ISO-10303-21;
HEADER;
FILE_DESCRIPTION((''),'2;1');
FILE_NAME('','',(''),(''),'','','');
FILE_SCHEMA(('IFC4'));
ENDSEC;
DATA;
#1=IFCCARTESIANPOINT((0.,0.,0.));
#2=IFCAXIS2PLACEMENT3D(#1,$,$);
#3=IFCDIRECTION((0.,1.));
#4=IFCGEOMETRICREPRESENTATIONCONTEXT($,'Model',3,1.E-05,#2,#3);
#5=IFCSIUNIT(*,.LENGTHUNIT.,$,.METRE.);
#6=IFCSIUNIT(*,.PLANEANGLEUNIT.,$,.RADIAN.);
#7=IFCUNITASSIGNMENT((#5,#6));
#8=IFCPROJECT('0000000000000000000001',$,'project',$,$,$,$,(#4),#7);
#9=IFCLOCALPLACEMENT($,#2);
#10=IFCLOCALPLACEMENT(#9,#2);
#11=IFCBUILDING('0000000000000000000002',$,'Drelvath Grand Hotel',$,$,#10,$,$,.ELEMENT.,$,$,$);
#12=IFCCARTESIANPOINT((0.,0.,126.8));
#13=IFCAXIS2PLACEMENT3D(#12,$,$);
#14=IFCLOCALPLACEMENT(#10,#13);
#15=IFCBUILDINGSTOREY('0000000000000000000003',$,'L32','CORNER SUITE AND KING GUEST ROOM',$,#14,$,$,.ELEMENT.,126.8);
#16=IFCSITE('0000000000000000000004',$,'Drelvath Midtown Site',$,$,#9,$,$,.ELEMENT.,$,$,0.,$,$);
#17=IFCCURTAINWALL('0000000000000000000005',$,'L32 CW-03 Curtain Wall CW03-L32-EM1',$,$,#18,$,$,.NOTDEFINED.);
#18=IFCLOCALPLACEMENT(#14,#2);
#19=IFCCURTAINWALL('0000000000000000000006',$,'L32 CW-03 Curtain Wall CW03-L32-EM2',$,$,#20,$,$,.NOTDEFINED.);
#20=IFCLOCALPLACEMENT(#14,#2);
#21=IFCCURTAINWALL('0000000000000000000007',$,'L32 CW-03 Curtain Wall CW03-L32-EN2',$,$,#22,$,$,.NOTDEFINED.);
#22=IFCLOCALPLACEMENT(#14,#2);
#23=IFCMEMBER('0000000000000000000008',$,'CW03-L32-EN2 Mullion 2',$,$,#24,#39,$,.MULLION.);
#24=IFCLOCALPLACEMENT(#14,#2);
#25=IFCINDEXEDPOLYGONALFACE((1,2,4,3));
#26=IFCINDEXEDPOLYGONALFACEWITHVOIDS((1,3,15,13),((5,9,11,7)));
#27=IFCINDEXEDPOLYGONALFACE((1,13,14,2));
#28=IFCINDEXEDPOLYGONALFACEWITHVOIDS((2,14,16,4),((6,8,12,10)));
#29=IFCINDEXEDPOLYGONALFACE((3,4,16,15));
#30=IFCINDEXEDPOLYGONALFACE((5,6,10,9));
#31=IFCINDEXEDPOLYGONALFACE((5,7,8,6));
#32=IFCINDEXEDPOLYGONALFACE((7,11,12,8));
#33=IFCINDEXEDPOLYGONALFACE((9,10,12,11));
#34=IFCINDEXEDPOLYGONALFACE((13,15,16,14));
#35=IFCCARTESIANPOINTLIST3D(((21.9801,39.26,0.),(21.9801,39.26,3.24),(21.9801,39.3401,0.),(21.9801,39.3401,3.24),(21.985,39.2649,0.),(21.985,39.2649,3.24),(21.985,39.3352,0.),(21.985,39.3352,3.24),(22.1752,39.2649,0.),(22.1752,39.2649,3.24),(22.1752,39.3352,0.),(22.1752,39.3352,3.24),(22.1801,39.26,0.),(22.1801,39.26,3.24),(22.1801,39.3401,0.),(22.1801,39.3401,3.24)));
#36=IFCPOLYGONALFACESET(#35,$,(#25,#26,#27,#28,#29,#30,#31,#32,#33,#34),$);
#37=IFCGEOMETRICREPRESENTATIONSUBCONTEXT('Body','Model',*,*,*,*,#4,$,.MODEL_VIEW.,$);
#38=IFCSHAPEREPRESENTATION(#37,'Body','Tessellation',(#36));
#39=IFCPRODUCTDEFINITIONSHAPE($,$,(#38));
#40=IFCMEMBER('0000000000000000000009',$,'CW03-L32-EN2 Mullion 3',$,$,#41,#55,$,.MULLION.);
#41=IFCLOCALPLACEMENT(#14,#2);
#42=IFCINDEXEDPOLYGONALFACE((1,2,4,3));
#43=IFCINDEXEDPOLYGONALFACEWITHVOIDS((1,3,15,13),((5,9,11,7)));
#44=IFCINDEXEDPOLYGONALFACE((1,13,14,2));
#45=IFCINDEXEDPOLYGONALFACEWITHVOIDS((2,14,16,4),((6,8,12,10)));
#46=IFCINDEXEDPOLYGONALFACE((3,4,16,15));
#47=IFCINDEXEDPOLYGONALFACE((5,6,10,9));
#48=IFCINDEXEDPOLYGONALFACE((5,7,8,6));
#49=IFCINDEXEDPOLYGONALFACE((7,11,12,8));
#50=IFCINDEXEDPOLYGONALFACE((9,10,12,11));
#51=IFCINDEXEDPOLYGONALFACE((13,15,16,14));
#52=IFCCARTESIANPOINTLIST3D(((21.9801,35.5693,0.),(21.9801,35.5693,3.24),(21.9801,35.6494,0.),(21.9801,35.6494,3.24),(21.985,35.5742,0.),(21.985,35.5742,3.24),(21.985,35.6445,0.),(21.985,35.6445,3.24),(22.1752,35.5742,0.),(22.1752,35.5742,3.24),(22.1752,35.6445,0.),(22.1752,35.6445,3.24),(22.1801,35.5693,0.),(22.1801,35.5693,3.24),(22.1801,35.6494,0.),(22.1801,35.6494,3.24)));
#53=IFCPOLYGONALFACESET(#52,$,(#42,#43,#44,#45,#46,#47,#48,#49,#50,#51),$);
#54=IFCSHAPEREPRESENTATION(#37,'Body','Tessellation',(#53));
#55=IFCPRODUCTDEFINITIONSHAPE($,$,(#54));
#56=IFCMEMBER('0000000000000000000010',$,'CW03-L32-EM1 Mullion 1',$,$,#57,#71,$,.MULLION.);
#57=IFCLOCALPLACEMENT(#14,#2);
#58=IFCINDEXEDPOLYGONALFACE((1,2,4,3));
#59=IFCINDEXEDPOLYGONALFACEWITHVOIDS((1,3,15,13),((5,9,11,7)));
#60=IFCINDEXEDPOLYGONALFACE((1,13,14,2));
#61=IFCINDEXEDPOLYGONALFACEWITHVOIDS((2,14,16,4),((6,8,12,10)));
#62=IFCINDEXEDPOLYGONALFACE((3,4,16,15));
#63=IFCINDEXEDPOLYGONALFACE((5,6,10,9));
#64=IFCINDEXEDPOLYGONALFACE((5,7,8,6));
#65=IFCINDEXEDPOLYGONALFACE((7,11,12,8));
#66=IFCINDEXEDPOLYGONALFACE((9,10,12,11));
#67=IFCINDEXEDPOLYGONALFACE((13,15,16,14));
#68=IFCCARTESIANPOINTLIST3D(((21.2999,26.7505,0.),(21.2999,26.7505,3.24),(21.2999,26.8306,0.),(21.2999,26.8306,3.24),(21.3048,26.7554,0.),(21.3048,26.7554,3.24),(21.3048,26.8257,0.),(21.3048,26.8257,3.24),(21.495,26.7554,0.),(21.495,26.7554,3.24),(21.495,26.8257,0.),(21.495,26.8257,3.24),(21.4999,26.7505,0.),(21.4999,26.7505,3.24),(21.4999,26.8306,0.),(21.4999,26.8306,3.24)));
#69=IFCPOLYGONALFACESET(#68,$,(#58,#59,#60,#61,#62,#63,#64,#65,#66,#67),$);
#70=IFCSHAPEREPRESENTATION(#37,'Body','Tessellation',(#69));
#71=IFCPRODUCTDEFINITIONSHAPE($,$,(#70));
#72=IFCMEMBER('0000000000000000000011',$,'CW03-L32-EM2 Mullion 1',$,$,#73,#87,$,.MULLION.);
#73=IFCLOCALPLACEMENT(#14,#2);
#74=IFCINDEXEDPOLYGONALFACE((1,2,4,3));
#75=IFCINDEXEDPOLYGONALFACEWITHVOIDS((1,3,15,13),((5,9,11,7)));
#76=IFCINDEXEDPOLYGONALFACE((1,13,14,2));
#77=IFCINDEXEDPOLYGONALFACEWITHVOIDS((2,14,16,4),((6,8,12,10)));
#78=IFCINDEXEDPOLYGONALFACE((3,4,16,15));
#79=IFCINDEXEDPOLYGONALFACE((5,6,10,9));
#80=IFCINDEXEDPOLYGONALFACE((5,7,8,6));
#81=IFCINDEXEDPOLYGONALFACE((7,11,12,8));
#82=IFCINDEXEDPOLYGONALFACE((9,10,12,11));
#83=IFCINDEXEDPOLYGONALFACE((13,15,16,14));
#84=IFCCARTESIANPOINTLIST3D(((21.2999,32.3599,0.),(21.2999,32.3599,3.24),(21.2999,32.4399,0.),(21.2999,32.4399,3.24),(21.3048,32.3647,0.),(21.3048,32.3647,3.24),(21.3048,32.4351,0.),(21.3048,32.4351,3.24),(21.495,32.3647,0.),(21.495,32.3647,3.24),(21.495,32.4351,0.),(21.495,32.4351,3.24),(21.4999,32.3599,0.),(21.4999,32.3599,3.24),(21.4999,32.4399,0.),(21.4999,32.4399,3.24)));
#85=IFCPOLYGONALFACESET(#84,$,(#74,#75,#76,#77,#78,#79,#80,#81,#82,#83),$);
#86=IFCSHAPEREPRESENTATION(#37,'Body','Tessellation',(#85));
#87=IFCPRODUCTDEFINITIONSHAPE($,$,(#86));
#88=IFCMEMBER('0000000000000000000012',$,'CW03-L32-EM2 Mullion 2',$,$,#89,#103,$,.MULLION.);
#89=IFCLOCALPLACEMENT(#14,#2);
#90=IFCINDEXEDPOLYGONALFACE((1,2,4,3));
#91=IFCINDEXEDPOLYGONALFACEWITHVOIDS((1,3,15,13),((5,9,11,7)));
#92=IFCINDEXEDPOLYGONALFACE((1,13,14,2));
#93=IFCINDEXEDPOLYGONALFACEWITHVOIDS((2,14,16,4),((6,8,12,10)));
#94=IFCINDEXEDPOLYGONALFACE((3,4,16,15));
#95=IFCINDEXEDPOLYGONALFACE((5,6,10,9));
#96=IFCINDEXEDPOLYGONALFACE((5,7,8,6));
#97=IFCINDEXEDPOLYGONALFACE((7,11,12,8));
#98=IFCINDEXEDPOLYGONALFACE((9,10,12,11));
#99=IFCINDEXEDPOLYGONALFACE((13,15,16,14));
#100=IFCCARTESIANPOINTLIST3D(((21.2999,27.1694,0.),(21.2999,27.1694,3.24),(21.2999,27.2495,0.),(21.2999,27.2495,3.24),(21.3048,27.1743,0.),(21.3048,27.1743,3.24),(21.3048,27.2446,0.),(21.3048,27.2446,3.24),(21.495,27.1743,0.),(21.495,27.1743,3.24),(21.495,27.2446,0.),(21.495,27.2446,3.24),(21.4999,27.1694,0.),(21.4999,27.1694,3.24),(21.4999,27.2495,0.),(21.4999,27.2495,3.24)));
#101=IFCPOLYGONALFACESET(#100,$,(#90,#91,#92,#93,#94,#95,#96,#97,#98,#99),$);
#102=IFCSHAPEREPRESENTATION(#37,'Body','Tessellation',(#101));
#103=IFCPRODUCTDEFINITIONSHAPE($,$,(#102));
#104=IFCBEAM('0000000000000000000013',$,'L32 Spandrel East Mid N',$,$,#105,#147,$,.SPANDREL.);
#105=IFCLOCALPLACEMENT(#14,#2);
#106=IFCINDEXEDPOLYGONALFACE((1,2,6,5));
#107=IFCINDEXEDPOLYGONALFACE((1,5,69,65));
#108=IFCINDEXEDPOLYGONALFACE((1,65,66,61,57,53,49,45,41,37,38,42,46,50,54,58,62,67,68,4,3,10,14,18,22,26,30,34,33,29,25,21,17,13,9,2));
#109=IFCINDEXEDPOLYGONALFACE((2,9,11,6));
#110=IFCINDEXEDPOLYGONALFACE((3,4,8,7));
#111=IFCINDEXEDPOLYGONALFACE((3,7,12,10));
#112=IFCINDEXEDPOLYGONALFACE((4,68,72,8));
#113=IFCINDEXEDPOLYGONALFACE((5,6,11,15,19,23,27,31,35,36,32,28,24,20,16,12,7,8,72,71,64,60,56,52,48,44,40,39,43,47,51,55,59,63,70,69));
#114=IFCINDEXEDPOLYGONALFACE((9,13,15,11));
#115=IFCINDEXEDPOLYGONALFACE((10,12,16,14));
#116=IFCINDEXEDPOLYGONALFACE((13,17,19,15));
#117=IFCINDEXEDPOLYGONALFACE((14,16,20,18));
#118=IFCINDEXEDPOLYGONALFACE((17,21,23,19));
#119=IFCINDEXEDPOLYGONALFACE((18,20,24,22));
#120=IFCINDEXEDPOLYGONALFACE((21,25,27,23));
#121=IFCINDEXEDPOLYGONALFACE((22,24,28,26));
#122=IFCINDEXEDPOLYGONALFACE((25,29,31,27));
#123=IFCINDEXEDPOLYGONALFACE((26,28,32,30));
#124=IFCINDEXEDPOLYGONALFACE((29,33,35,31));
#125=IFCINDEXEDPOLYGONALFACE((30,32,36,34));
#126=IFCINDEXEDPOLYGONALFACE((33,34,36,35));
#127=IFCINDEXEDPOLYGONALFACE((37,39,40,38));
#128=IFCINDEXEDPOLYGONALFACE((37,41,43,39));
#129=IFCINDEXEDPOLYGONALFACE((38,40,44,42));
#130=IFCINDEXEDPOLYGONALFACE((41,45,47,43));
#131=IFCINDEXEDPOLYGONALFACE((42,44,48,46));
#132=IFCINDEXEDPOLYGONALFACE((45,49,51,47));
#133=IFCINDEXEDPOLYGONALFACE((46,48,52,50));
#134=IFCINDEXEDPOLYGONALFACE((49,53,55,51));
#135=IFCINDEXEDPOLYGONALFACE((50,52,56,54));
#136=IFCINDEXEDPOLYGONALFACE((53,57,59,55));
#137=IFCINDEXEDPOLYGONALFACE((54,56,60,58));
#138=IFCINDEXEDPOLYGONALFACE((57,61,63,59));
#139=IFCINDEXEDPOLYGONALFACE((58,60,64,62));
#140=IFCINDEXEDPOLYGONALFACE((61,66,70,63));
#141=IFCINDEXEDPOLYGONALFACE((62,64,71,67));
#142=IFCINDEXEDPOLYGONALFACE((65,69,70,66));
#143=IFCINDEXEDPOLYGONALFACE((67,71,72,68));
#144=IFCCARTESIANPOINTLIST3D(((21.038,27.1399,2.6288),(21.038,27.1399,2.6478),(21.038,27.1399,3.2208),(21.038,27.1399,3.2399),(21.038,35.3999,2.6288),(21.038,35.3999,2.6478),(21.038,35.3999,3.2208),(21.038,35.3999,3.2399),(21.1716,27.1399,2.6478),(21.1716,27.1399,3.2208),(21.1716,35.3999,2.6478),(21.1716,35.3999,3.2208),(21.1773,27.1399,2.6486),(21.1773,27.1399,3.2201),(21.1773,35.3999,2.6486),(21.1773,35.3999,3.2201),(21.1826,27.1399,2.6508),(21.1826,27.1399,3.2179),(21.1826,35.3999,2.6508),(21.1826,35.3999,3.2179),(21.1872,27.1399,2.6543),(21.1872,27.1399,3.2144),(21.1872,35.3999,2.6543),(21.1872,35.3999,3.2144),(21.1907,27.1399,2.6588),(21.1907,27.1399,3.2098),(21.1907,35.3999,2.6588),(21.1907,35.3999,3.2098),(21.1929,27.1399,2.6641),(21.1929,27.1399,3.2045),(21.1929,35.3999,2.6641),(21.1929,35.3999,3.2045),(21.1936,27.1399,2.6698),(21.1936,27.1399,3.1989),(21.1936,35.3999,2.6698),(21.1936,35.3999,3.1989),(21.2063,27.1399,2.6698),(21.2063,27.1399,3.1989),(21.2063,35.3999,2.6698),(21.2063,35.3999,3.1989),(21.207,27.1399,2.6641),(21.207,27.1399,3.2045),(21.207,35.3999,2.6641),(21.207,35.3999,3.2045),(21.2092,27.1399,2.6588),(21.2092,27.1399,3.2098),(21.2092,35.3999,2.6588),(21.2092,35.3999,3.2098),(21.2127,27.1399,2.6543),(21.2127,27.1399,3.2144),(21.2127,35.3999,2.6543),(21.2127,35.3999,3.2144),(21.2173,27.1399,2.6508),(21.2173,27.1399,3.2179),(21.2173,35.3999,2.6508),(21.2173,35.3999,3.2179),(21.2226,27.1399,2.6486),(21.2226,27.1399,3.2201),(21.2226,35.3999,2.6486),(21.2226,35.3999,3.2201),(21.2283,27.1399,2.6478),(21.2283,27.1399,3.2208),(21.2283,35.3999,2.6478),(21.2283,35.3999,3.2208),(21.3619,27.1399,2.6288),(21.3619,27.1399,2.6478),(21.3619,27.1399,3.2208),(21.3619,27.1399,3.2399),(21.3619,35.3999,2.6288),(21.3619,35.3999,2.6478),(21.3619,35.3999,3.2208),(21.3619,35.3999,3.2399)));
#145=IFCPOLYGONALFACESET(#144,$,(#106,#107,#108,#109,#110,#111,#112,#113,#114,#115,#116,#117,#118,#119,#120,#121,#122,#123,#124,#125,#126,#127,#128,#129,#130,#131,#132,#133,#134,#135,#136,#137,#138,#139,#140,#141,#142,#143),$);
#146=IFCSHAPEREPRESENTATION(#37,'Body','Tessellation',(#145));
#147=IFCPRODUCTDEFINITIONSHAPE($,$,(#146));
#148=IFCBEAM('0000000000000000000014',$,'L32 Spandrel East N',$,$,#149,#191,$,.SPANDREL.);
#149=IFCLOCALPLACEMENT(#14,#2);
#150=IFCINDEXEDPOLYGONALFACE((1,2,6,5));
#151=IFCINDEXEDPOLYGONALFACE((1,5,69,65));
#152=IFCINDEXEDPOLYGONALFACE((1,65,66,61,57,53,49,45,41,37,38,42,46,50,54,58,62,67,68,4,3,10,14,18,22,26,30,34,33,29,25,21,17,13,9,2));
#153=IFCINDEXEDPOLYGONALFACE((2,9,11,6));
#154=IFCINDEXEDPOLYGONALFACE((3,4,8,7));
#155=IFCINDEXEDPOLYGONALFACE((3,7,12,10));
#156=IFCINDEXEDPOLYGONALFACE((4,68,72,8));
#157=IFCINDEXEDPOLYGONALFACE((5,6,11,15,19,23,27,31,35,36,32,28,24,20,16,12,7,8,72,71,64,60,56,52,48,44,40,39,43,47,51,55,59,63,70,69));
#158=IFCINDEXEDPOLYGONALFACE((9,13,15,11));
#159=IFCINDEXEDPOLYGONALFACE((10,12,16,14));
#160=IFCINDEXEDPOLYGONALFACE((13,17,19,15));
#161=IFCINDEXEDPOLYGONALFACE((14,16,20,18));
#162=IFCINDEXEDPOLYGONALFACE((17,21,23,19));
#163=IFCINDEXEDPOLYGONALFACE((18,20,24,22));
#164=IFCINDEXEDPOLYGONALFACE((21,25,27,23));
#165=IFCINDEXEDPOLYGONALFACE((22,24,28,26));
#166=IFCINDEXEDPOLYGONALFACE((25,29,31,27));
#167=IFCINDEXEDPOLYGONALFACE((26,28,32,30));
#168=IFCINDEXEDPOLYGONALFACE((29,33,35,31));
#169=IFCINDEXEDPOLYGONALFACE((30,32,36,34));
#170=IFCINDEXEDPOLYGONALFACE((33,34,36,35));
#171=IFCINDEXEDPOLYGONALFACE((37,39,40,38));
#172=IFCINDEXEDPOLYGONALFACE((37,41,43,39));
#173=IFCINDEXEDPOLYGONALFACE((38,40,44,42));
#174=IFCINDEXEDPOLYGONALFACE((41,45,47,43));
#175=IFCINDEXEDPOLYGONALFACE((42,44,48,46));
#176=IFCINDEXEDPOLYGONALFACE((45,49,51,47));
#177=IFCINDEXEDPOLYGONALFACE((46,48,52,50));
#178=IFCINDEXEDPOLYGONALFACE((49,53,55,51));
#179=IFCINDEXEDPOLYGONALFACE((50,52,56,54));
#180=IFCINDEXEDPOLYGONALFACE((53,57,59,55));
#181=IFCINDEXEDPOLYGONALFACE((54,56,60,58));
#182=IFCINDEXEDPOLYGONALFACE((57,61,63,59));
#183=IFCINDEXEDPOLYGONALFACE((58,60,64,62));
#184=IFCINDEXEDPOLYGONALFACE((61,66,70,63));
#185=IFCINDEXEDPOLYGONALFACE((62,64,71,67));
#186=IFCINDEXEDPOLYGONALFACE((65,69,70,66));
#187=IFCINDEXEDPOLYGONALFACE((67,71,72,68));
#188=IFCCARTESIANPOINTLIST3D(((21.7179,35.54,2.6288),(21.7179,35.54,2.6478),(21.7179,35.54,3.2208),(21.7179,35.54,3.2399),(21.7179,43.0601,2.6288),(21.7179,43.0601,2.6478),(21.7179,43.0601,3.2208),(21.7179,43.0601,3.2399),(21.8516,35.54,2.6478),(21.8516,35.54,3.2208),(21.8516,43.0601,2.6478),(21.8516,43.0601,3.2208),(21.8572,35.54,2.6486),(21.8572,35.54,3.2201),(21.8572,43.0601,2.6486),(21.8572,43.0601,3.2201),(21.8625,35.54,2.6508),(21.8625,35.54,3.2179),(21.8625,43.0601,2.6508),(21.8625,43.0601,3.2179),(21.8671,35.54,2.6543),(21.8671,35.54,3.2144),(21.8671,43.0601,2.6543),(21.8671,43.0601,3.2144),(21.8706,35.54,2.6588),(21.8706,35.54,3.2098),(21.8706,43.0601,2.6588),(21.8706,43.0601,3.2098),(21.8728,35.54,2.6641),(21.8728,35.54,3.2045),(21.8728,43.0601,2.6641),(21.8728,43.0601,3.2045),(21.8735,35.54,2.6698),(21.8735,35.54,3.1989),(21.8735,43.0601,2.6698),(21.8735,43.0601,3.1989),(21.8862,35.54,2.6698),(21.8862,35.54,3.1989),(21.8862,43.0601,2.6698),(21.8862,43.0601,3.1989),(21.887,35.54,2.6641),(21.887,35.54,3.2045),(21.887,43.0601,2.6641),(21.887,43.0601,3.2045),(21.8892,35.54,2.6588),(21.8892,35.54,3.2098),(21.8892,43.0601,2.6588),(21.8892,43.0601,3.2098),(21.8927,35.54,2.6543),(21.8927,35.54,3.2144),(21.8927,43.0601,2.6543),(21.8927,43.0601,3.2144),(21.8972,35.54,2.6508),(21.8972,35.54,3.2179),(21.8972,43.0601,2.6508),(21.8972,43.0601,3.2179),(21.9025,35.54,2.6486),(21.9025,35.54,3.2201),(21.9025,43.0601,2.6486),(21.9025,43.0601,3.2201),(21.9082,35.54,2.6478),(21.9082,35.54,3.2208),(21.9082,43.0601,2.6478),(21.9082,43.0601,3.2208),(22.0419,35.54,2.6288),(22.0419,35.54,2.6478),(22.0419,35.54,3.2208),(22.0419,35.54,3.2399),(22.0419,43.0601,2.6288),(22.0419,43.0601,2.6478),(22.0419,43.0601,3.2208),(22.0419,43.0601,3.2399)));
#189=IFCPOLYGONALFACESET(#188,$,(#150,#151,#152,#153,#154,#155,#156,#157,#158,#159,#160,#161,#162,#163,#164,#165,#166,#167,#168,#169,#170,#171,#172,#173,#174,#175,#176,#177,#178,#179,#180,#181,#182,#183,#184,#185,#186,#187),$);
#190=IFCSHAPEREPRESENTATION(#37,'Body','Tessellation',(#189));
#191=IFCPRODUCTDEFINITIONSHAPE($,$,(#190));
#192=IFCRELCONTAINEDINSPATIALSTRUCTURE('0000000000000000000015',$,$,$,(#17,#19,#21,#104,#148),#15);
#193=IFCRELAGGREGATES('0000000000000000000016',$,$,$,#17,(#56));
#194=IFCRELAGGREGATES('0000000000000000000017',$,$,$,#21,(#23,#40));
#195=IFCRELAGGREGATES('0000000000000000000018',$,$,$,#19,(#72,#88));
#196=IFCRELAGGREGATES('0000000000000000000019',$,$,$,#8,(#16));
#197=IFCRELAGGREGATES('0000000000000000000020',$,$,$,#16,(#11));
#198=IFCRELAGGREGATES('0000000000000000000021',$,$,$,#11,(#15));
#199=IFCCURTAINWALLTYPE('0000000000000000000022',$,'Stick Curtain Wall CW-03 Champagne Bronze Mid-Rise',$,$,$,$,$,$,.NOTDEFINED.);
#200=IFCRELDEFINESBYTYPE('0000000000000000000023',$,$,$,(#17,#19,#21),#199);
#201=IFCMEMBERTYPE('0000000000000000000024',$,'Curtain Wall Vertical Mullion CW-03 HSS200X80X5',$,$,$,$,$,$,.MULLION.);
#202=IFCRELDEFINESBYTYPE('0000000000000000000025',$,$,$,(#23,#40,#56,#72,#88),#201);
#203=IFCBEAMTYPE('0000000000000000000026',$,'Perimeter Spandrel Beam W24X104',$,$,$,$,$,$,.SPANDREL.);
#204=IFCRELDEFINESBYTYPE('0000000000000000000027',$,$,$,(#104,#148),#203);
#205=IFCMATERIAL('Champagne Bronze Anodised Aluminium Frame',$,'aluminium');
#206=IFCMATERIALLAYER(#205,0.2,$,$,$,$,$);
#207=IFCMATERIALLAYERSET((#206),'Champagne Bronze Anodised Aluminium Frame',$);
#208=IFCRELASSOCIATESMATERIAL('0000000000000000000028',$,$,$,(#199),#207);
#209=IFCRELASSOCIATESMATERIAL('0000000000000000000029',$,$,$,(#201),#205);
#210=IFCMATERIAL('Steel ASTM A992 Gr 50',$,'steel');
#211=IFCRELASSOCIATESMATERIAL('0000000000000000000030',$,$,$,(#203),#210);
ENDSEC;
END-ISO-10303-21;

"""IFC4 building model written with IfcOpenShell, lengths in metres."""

from ifc_helpers import new_model, si_unit, direction, frame, origin, origin_2d, place, context, subcontext, project, spatial, hollow_rectangle, i_section, extrude, material, layer, layer_set, material_profile, profile_set, type_object, element, aggregate, save


model = new_model("IFC4")

# Units and contexts
model_context = context("Model", 3, precision=1e-05, world=origin(), true_north=direction((0.0, 1.0)))
body_context = subcontext(model_context, "Body", "Model", "MODEL_VIEW")
ifc_project = project(units=[si_unit("LENGTHUNIT", "METRE"), si_unit("PLANEANGLEUNIT", "RADIAN")], contexts=[model_context])

# Site, building, storey
site_placement = place(None, origin())
site = spatial("IfcSite", under=ifc_project, at=site_placement, Name="Drelvath Midtown Site", CompositionType="ELEMENT", RefElevation=0.0)
building_placement = place(site_placement, origin())
building = spatial("IfcBuilding", under=site, at=building_placement, Name="Drelvath Grand Hotel", CompositionType="ELEMENT")
storey_placement = place(building_placement, frame((0.0, 0.0, 126.8)))
storey = spatial("IfcBuildingStorey", under=building, at=storey_placement, Name="L32", Description="CORNER SUITE AND KING GUEST ROOM", CompositionType="ELEMENT", Elevation=126.8)

# Curtain walls
ifc_material_1 = material(Name="Champagne Bronze Anodised Aluminium Frame", Category="aluminium")
ifc_layer_1 = layer(ifc_material_1, 0.2)
ifc_layer_set_1 = layer_set([ifc_layer_1], Name="Champagne Bronze Anodised Aluminium Frame")
curtain_wall_type = type_object("IfcCurtainWallType", Name="Stick Curtain Wall CW-03 Champagne Bronze Mid-Rise", PredefinedType="NOTDEFINED", material=ifc_layer_set_1)
curtain_wall_1_placement = place(storey_placement, origin())
curtain_wall_1 = element("IfcCurtainWall", 1, at=curtain_wall_1_placement, inside=storey, type_object=curtain_wall_type, Name="L32 CW-03 Curtain Wall CW03-L32-EM1", PredefinedType="NOTDEFINED")
curtain_wall_2_placement = place(storey_placement, origin())
curtain_wall_2 = element("IfcCurtainWall", 2, at=curtain_wall_2_placement, inside=storey, type_object=curtain_wall_type, Name="L32 CW-03 Curtain Wall CW03-L32-EM2", PredefinedType="NOTDEFINED")

# Shared definitions
ifc_material_profile_1 = material_profile(ifc_material_1, hollow_rectangle(XDim=0.0801, YDim=0.2, WallThickness=0.0049, at=origin_2d()), Name="HSS200X80X5")
ifc_profile_set_1 = profile_set([ifc_material_profile_1], Name="Champagne Bronze Anodised Aluminium Frame")
member_type_1 = type_object("IfcMemberType", Name="Curtain Wall Vertical Mullion CW-03 HSS200X80X5", PredefinedType="MULLION", material=ifc_profile_set_1)

# Curtain wall, members
curtain_wall_3_placement = place(storey_placement, origin())
curtain_wall_3 = element("IfcCurtainWall", 3, at=curtain_wall_3_placement, inside=storey, type_object=curtain_wall_type, Name="L32 CW-03 Curtain Wall CW03-L32-EN2", PredefinedType="NOTDEFINED")
member_1_placement = place(storey_placement, frame((22.0801, 39.3, 0.0), z_axis=(0.0, 0.0, 1.0), x_axis=(0.0, 1.0, 0.0)))
member_1 = element("IfcMember", 4, at=member_1_placement, type_object=member_type_1, Name="CW03-L32-EN2 Mullion 2", PredefinedType="MULLION", context=body_context, shape_type="SweptSolid", body=[
    extrude(hollow_rectangle(XDim=0.0801, YDim=0.2, WallThickness=0.0049, at=origin_2d()), origin(), (0.0, 0.0, 1.0), 3.24),
])
member_2_placement = place(storey_placement, frame((22.0801, 35.6094, 0.0), z_axis=(0.0, 0.0, 1.0), x_axis=(0.0, 1.0, 0.0)))
member_2 = element("IfcMember", 5, at=member_2_placement, type_object=member_type_1, Name="CW03-L32-EN2 Mullion 3", PredefinedType="MULLION", context=body_context, shape_type="SweptSolid", body=[
    extrude(hollow_rectangle(XDim=0.0801, YDim=0.2, WallThickness=0.0049, at=origin_2d()), origin(), (0.0, 0.0, 1.0), 3.24),
])

# Members
member_3_placement = place(storey_placement, frame((21.3999, 26.7905, 0.0), z_axis=(0.0, 0.0, 1.0), x_axis=(0.0, 1.0, 0.0)))
member_3 = element("IfcMember", 6, at=member_3_placement, type_object=member_type_1, Name="CW03-L32-EM1 Mullion 1", PredefinedType="MULLION", context=body_context, shape_type="SweptSolid", body=[
    extrude(hollow_rectangle(XDim=0.0801, YDim=0.2, WallThickness=0.0049, at=origin_2d()), origin(), (0.0, 0.0, 1.0), 3.24),
])
aggregate(curtain_wall_1, [member_3])
member_4_placement = place(storey_placement, frame((21.3999, 32.3999, 0.0), z_axis=(0.0, 0.0, 1.0), x_axis=(0.0, 1.0, 0.0)))
member_4 = element("IfcMember", 7, at=member_4_placement, type_object=member_type_1, Name="CW03-L32-EM2 Mullion 1", PredefinedType="MULLION", context=body_context, shape_type="SweptSolid", body=[
    extrude(hollow_rectangle(XDim=0.0801, YDim=0.2, WallThickness=0.0049, at=origin_2d()), origin(), (0.0, 0.0, 1.0), 3.24),
])
member_5_placement = place(storey_placement, frame((21.3999, 27.2095, 0.0), z_axis=(0.0, 0.0, 1.0), x_axis=(0.0, 1.0, 0.0)))
member_5 = element("IfcMember", 8, at=member_5_placement, type_object=member_type_1, Name="CW03-L32-EM2 Mullion 2", PredefinedType="MULLION", context=body_context, shape_type="SweptSolid", body=[
    extrude(hollow_rectangle(XDim=0.0801, YDim=0.2, WallThickness=0.0049, at=origin_2d()), origin(), (0.0, 0.0, 1.0), 3.24),
])

# Beams
ifc_material_2 = material(Name="Steel ASTM A992 Gr 50", Category="steel")
ifc_material_profile_2 = material_profile(ifc_material_2, i_section(OverallWidth=0.324, OverallDepth=0.6111, WebThickness=0.0127, FlangeThickness=0.019, FilletRadius=0.022, at=origin_2d()), Name="W24X104")
ifc_profile_set_2 = profile_set([ifc_material_profile_2], Name="Steel ASTM A992 Gr 50")
beam_type_1 = type_object("IfcBeamType", Name="Perimeter Spandrel Beam W24X104", PredefinedType="SPANDREL", material=ifc_profile_set_2)
beam_1_placement = place(storey_placement, frame((21.2, 27.1399, 2.9343), z_axis=(0.0, 1.0, 0.0), x_axis=(-1.0, 0.0, 0.0)))
element("IfcBeam", 9, at=beam_1_placement, inside=storey, type_object=beam_type_1, Name="L32 Spandrel East Mid N", PredefinedType="SPANDREL", context=body_context, shape_type="SweptSolid", body=[
    extrude(i_section(OverallWidth=0.324, OverallDepth=0.6111, WebThickness=0.0127, FlangeThickness=0.019, FilletRadius=0.022, at=origin_2d()), origin(), (0.0, 0.0, 1.0), 8.26),
])
beam_2_placement = place(storey_placement, frame((21.8799, 35.54, 2.9343), z_axis=(0.0, 1.0, 0.0), x_axis=(-1.0, 0.0, 0.0)))
element("IfcBeam", 10, at=beam_2_placement, inside=storey, type_object=beam_type_1, Name="L32 Spandrel East N", PredefinedType="SPANDREL", context=body_context, shape_type="SweptSolid", body=[
    extrude(i_section(OverallWidth=0.324, OverallDepth=0.6111, WebThickness=0.0127, FlangeThickness=0.019, FilletRadius=0.022, at=origin_2d()), origin(), (0.0, 0.0, 1.0), 7.52),
])

aggregate(curtain_wall_3, [member_1, member_2])
aggregate(curtain_wall_2, [member_4, member_5])

save(model, "model.ifc")
